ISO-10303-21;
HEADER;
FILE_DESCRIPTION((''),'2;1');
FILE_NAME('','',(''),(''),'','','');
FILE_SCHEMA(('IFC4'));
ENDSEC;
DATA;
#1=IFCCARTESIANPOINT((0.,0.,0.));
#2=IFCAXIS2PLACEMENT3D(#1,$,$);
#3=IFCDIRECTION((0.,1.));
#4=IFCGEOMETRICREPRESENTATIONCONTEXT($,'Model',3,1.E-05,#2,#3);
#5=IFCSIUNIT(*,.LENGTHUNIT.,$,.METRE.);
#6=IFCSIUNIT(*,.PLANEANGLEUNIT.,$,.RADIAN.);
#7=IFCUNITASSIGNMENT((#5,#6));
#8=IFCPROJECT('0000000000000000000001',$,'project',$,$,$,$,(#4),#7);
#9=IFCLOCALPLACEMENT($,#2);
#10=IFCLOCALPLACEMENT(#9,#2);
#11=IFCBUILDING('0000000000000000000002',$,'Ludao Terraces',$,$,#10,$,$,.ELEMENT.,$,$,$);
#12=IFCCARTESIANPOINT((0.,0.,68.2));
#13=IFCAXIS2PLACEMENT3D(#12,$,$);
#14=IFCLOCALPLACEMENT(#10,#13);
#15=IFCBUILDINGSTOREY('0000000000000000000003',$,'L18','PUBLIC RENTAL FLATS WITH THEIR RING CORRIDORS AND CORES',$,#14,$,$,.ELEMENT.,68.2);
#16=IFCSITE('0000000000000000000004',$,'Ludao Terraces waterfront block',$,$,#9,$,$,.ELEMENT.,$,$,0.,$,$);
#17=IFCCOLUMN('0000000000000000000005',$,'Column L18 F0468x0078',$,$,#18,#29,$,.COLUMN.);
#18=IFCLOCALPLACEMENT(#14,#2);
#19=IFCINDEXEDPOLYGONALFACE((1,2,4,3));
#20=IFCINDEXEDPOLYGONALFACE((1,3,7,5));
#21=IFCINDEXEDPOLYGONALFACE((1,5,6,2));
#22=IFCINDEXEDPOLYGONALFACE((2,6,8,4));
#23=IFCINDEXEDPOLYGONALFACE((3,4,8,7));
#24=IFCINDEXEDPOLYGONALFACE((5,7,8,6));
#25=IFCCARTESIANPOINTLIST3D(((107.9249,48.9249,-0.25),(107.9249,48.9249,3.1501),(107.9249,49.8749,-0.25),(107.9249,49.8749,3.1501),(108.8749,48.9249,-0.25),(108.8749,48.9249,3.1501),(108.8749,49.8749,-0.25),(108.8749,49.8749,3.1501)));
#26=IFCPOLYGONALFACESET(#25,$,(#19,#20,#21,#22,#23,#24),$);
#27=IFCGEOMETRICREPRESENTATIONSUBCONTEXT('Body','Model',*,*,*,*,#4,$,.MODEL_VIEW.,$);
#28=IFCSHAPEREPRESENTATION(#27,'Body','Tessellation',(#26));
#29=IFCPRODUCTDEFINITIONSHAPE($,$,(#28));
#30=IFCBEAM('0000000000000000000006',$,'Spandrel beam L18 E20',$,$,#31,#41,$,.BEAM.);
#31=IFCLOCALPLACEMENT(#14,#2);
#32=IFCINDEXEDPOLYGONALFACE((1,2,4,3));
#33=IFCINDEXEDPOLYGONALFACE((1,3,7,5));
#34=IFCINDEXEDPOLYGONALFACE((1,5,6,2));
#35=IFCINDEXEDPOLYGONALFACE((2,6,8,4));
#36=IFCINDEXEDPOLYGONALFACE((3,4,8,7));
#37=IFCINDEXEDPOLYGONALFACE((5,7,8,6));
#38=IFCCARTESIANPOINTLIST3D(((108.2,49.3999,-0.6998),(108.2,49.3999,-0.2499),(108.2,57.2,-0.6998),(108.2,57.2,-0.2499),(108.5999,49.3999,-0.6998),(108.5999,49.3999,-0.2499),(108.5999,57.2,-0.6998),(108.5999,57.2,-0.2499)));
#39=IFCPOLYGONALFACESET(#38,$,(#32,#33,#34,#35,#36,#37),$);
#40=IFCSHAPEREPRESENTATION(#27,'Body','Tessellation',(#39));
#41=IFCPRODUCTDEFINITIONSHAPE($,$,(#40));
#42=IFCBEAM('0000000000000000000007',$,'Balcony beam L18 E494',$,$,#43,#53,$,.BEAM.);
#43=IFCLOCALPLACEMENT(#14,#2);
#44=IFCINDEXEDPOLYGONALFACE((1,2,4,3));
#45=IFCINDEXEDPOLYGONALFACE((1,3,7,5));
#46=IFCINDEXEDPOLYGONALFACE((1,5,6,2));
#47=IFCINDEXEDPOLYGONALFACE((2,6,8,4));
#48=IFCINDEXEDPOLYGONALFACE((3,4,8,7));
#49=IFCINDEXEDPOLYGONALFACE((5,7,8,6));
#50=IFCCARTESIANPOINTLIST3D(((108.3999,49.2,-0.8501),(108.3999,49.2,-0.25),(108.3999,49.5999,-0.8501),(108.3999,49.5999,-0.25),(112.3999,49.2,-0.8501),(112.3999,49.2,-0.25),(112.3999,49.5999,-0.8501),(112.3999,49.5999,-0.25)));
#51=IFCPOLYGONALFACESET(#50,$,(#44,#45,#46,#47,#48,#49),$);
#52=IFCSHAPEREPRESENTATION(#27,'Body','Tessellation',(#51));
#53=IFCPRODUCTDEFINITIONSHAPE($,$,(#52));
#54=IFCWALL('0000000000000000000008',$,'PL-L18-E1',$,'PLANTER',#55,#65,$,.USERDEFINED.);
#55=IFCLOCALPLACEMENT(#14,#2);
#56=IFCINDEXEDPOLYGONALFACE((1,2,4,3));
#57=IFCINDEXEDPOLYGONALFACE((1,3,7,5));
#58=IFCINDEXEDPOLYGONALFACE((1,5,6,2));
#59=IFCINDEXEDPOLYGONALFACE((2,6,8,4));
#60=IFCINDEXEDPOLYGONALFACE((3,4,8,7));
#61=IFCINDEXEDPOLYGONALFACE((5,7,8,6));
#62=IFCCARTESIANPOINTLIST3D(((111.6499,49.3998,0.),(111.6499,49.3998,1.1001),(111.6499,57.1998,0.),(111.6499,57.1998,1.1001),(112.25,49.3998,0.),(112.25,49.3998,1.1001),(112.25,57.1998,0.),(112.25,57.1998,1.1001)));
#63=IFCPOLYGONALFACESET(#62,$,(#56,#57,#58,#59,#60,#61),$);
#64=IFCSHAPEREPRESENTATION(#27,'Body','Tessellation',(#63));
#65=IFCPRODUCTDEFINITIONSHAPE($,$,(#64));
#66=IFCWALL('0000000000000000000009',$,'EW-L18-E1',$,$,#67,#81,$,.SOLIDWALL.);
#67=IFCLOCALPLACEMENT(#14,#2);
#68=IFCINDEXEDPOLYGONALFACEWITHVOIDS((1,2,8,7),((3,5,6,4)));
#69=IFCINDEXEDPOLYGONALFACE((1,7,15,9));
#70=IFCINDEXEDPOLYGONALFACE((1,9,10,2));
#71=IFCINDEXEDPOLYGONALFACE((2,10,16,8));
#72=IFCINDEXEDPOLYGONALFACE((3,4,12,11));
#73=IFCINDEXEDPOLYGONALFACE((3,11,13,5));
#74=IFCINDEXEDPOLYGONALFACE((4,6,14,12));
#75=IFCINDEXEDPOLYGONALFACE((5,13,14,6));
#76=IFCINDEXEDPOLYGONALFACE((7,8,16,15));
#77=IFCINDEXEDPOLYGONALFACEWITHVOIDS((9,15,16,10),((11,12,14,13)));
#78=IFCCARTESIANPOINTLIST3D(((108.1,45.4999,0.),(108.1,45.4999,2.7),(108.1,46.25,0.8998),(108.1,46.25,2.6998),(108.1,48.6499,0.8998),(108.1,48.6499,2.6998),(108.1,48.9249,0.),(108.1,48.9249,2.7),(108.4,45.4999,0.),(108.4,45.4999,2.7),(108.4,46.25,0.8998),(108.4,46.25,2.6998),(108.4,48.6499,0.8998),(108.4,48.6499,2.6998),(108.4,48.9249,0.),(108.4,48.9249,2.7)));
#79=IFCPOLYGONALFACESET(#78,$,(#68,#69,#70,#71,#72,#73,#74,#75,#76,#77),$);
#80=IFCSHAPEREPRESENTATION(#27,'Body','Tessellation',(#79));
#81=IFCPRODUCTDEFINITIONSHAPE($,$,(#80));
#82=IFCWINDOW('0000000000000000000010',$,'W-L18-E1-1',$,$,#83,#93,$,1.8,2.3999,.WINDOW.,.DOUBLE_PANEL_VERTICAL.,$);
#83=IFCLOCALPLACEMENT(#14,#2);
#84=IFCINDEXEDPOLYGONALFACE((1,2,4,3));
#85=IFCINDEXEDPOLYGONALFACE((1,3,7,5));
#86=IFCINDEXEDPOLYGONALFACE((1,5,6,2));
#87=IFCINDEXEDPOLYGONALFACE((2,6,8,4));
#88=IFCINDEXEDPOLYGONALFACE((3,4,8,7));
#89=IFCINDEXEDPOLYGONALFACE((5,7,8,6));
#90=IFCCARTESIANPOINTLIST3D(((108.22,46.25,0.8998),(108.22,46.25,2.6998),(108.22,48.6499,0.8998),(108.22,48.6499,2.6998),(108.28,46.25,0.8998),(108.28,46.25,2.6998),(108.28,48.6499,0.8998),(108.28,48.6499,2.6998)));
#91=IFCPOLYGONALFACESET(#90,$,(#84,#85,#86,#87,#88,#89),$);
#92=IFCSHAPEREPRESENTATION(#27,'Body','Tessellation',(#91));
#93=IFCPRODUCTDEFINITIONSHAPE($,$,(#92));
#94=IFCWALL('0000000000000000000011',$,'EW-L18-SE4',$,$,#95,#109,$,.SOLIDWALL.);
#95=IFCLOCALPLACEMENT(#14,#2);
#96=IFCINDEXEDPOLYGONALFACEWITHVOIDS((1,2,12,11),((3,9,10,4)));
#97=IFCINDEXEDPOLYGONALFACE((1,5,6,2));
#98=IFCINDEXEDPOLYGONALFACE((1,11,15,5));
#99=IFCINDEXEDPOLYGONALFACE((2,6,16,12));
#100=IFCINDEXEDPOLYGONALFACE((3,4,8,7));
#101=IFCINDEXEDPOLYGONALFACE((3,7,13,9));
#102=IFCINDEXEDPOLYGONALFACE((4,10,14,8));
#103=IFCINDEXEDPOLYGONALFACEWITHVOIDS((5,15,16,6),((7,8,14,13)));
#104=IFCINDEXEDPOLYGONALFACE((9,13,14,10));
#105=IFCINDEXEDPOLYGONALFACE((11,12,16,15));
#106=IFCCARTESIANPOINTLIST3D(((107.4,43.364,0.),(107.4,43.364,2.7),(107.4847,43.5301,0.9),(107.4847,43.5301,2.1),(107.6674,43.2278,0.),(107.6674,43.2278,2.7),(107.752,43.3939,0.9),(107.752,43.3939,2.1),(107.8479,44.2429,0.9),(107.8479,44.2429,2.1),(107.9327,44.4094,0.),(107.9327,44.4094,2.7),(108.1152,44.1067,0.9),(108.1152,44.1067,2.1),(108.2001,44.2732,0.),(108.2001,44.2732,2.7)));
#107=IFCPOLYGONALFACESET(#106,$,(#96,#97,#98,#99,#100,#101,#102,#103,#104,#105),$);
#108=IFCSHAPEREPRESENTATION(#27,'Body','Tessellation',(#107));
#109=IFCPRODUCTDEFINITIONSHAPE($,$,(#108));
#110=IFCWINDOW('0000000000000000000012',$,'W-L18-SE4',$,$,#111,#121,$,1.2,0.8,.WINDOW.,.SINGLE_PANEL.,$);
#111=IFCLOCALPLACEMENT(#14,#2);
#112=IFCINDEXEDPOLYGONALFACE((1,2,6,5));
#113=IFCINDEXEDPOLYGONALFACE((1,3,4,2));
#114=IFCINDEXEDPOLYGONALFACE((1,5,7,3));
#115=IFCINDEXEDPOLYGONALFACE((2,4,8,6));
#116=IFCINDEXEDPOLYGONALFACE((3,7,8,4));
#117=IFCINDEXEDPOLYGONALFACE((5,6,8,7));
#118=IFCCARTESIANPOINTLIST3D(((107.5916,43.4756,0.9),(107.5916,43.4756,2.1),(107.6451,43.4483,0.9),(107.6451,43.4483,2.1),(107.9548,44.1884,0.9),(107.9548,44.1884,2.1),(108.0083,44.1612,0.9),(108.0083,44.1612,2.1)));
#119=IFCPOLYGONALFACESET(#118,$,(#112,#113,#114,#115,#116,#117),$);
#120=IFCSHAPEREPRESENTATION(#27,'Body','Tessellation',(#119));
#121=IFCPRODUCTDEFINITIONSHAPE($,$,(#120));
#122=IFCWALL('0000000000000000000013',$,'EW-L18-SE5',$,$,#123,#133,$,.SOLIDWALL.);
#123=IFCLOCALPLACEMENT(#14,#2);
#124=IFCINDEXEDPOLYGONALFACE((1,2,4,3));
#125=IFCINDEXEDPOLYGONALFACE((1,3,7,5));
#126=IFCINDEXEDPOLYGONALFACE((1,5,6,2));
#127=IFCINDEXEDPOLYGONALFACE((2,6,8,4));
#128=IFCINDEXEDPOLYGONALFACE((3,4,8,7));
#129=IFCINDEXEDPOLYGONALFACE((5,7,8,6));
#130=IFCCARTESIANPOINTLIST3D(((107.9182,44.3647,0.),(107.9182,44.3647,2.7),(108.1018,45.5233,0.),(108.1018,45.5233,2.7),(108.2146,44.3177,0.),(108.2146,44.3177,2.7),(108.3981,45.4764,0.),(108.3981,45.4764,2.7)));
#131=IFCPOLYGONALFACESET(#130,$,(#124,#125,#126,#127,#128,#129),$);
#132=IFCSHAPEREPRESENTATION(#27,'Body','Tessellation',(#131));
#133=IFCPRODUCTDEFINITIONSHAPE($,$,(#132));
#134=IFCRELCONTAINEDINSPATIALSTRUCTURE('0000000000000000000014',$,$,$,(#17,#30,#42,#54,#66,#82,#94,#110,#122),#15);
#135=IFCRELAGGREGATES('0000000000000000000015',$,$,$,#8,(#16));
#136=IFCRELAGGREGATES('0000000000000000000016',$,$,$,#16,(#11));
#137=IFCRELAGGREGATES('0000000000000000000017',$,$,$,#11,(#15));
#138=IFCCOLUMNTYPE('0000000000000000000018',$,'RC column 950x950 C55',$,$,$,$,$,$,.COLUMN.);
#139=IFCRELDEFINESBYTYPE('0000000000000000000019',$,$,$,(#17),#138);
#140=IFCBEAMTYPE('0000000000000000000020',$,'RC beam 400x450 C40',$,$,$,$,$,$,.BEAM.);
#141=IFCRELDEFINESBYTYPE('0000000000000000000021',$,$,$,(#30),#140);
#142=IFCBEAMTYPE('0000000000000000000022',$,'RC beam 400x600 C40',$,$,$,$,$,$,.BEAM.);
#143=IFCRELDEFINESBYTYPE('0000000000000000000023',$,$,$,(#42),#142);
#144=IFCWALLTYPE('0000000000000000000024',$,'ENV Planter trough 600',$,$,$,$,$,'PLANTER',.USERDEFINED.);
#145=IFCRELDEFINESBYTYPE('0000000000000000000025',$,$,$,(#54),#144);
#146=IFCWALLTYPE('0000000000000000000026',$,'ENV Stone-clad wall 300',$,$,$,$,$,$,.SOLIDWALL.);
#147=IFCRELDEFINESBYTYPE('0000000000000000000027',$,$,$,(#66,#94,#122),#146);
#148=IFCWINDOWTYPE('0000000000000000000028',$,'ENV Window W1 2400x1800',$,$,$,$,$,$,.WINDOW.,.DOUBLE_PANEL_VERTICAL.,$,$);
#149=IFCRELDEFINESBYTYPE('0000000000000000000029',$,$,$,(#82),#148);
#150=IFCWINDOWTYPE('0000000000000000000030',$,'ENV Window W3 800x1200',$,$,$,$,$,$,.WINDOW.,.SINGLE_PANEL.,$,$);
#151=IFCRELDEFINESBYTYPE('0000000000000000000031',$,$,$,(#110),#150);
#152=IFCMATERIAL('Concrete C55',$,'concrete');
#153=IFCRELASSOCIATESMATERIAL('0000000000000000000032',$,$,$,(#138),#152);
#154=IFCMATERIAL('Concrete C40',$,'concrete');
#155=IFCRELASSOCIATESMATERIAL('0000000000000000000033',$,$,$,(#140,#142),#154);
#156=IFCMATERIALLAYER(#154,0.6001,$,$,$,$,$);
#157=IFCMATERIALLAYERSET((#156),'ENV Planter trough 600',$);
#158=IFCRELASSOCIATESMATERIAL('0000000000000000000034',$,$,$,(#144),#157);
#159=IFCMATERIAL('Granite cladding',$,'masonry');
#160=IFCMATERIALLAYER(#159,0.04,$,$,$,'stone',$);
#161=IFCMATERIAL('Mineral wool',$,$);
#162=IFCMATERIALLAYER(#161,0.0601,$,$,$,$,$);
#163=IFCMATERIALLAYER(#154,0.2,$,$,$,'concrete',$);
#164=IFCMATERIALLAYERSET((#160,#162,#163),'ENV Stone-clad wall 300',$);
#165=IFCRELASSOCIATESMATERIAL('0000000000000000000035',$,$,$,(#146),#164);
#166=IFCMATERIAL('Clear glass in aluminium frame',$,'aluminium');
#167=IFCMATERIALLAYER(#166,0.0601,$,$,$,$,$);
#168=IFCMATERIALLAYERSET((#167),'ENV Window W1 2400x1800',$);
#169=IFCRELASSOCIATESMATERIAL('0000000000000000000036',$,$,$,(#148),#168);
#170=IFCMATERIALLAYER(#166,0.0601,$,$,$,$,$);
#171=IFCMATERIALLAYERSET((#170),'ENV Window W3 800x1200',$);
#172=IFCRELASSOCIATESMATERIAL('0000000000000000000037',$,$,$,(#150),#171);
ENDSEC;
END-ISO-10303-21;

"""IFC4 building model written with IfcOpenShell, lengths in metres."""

from ifc_helpers import new_model, si_unit, direction, frame, frame_2d, origin, origin_2d, place, context, subcontext, project, spatial, rectangle, extrude, material, layer, layer_set, material_profile, profile_set, type_object, element, fill, save


model = new_model("IFC4")

# Units and contexts
model_context = context("Model", 3, precision=1e-05, world=origin(), true_north=direction((0.0, 1.0)))
body_context = subcontext(model_context, "Body", "Model", "MODEL_VIEW")
ifc_project = project(units=[si_unit("LENGTHUNIT", "METRE"), si_unit("PLANEANGLEUNIT", "RADIAN")], contexts=[model_context])

# Site, building, storey
site_placement = place(None, origin())
site = spatial("IfcSite", under=ifc_project, at=site_placement, Name="Ludao Terraces waterfront block", CompositionType="ELEMENT", RefElevation=0.0)
building_placement = place(site_placement, origin())
building = spatial("IfcBuilding", under=site, at=building_placement, Name="Ludao Terraces", CompositionType="ELEMENT")
storey_placement = place(building_placement, frame((0.0, 0.0, 68.2)))
storey = spatial("IfcBuildingStorey", under=building, at=storey_placement, Name="L18", Description="PUBLIC RENTAL FLATS WITH THEIR RING CORRIDORS AND CORES", CompositionType="ELEMENT", Elevation=68.2)

# Column
ifc_material_1 = material(Name="Concrete C55", Category="concrete")
ifc_material_profile_1 = material_profile(ifc_material_1, rectangle(XDim=0.95, YDim=0.95, at=origin_2d()), Name="950 X 950")
ifc_profile_set_1 = profile_set([ifc_material_profile_1], Name="Concrete C55")
column_type = type_object("IfcColumnType", Name="RC column 950x950 C55", PredefinedType="COLUMN", material=ifc_profile_set_1)
column_placement = place(storey_placement, frame((108.3999, 49.3999, -0.25), z_axis=(0.0, 0.0, 1.0), x_axis=(1.0, 0.0, 0.0)))
element("IfcColumn", 1, at=column_placement, inside=storey, type_object=column_type, Name="Column L18 F0468x0078", PredefinedType="COLUMN", context=body_context, shape_type="SweptSolid", body=[
    extrude(rectangle(XDim=0.95, YDim=0.95, at=origin_2d()), origin(), (0.0, 0.0, 1.0), 3.4001),
])

# Beams
ifc_material_2 = material(Name="Concrete C40", Category="concrete")
ifc_material_profile_2 = material_profile(ifc_material_2, rectangle(XDim=0.3999, YDim=0.45, at=origin_2d()), Name="400 X 450")
ifc_profile_set_2 = profile_set([ifc_material_profile_2], Name="Concrete C40")
beam_type_1 = type_object("IfcBeamType", Name="RC beam 400x450 C40", PredefinedType="BEAM", material=ifc_profile_set_2)
beam_1_placement = place(storey_placement, frame((108.3999, 49.3999, -0.4749), z_axis=(0.0, 1.0, 0.0), x_axis=(-1.0, 0.0, 0.0)))
element("IfcBeam", 2, at=beam_1_placement, inside=storey, type_object=beam_type_1, Name="Spandrel beam L18 E20", PredefinedType="BEAM", context=body_context, shape_type="SweptSolid", body=[
    extrude(rectangle(XDim=0.3999, YDim=0.45, at=origin_2d()), origin(), (0.0, 0.0, 1.0), 7.8),
])
ifc_material_profile_3 = material_profile(ifc_material_2, rectangle(XDim=0.3999, YDim=0.6001, at=origin_2d()), Name="400 X 600")
ifc_profile_set_3 = profile_set([ifc_material_profile_3], Name="Concrete C40")
beam_type_2 = type_object("IfcBeamType", Name="RC beam 400x600 C40", PredefinedType="BEAM", material=ifc_profile_set_3)
beam_2_placement = place(storey_placement, frame((108.3999, 49.3999, -0.55), z_axis=(1.0, 0.0, 0.0), x_axis=(0.0, 1.0, 0.0)))
element("IfcBeam", 3, at=beam_2_placement, inside=storey, type_object=beam_type_2, Name="Balcony beam L18 E494", PredefinedType="BEAM", context=body_context, shape_type="SweptSolid", body=[
    extrude(rectangle(XDim=0.3999, YDim=0.6001, at=origin_2d()), origin(), (0.0, 0.0, 1.0), 4.0),
])

# Wall
ifc_layer_1 = layer(ifc_material_2, 0.6001)
ifc_layer_set_1 = layer_set([ifc_layer_1], Name="ENV Planter trough 600")
wall_type_1 = type_object("IfcWallType", Name="ENV Planter trough 600", ElementType="PLANTER", PredefinedType="USERDEFINED", material=ifc_layer_set_1)
wall_1_placement = place(storey_placement, frame((111.95, 49.3999, 0.0), z_axis=(0.0, 0.0, 1.0), x_axis=(0.0, 1.0, 0.0)))
element("IfcWall", 4, at=wall_1_placement, inside=storey, type_object=wall_type_1, Name="PL-L18-E1", ObjectType="PLANTER", PredefinedType="USERDEFINED", context=body_context, shape_type="SweptSolid", body=[
    extrude(rectangle(XDim=7.8, YDim=0.6001, at=frame_2d((3.8999, 0.0))), origin(), (0.0, 0.0, 1.0), 1.1001),
])

# Walls, openings, windows
ifc_material_3 = material(Name="Granite cladding", Category="masonry")
ifc_layer_2 = layer(ifc_material_3, 0.04, Category="stone")
ifc_material_4 = material(Name="Mineral wool")
ifc_layer_3 = layer(ifc_material_4, 0.0601)
ifc_layer_4 = layer(ifc_material_2, 0.2, Category="concrete")
ifc_layer_set_2 = layer_set([ifc_layer_2, ifc_layer_3, ifc_layer_4], Name="ENV Stone-clad wall 300")
wall_type_2 = type_object("IfcWallType", Name="ENV Stone-clad wall 300", PredefinedType="SOLIDWALL", material=ifc_layer_set_2)
wall_2_placement = place(storey_placement, frame((108.25, 45.5, 0.0), z_axis=(0.0, 0.0, 1.0), x_axis=(0.0, 1.0, 0.0)))
wall_2 = element("IfcWall", 5, at=wall_2_placement, inside=storey, type_object=wall_type_2, Name="EW-L18-E1", PredefinedType="SOLIDWALL", context=body_context, shape_type="SweptSolid", body=[
    extrude(rectangle(XDim=3.425, YDim=0.3, at=frame_2d((1.7124, 0.0))), origin(), (0.0, 0.0, 1.0), 2.7),
])
opening_1_placement = place(wall_2_placement, frame((0.75, 0.0, 0.8999)))
opening_1 = element("IfcOpeningElement", 6, at=opening_1_placement, cuts=wall_2, PredefinedType="OPENING", context=body_context, shape_type="SweptSolid", body=[
    extrude(rectangle(XDim=2.3999, YDim=1.8, at=frame_2d((1.2, 0.8999))), frame((0.0, 0.1602, 0.0), z_axis=(0.0, -1.0, 0.0), x_axis=(1.0, 0.0, 0.0)), (0.0, 0.0, 1.0), 0.3201),
])
ifc_material_5 = material(Name="Clear glass in aluminium frame", Category="aluminium")
ifc_layer_5 = layer(ifc_material_5, 0.0601)
ifc_layer_set_3 = layer_set([ifc_layer_5], Name="ENV Window W1 2400x1800")
window_type_1 = type_object("IfcWindowType", Name="ENV Window W1 2400x1800", PartitioningType="DOUBLE_PANEL_VERTICAL", PredefinedType="WINDOW", material=ifc_layer_set_3)
window_1_placement = place(opening_1_placement, origin())
window_1 = element("IfcWindow", 7, at=window_1_placement, inside=storey, type_object=window_type_1, Name="W-L18-E1-1", OverallHeight=1.8, OverallWidth=2.3999, PartitioningType="DOUBLE_PANEL_VERTICAL", PredefinedType="WINDOW", context=body_context, shape_type="SweptSolid", body=[
    extrude(rectangle(XDim=2.3999, YDim=1.8, at=frame_2d((1.2, 0.8999))), frame((0.0, 0.03, 0.0), z_axis=(0.0, -1.0, 0.0), x_axis=(1.0, 0.0, 0.0)), (0.0, 0.0, 1.0), 0.0601),
])
fill(opening_1, window_1)
wall_3_placement = place(storey_placement, frame((107.5337, 43.2959, 0.0), z_axis=(0.0, 0.0, 1.0), x_axis=(0.454026, 0.890989, 0.0)))
wall_3 = element("IfcWall", 8, at=wall_3_placement, inside=storey, type_object=wall_type_2, Name="EW-L18-SE4", PredefinedType="SOLIDWALL", context=body_context, shape_type="SweptSolid", body=[
    extrude(rectangle(XDim=1.1733, YDim=0.3, at=frame_2d((0.5867, 0.0))), origin(), (0.0, 0.0, 1.0), 2.7),
])
opening_2_placement = place(wall_3_placement, frame((0.1865, 0.0, 0.8999)))
opening_2 = element("IfcOpeningElement", 9, at=opening_2_placement, cuts=wall_3, PredefinedType="OPENING", context=body_context, shape_type="SweptSolid", body=[
    extrude(rectangle(XDim=0.8, YDim=1.2, at=frame_2d((0.3999, 0.6001))), frame((0.0, 0.1602, 0.0), z_axis=(0.0, -1.0, 0.0), x_axis=(1.0, 0.0, 0.0)), (0.0, 0.0, 1.0), 0.3201),
])
ifc_layer_6 = layer(ifc_material_5, 0.0601)
ifc_layer_set_4 = layer_set([ifc_layer_6], Name="ENV Window W3 800x1200")
window_type_2 = type_object("IfcWindowType", Name="ENV Window W3 800x1200", PartitioningType="SINGLE_PANEL", PredefinedType="WINDOW", material=ifc_layer_set_4)
window_2_placement = place(opening_2_placement, origin())
window_2 = element("IfcWindow", 10, at=window_2_placement, inside=storey, type_object=window_type_2, Name="W-L18-SE4", OverallHeight=1.2, OverallWidth=0.8, PartitioningType="SINGLE_PANEL", PredefinedType="WINDOW", context=body_context, shape_type="SweptSolid", body=[
    extrude(rectangle(XDim=0.8, YDim=1.2, at=frame_2d((0.3999, 0.6001))), frame((0.0, 0.03, 0.0), z_axis=(0.0, -1.0, 0.0), x_axis=(1.0, 0.0, 0.0)), (0.0, 0.0, 1.0), 0.0601),
])
fill(opening_2, window_2)

# Wall
wall_4_placement = place(storey_placement, frame((108.0664, 44.3413, 0.0), z_axis=(0.0, 0.0, 1.0), x_axis=(0.156497, 0.987678, 0.0)))
element("IfcWall", 11, at=wall_4_placement, inside=storey, type_object=wall_type_2, Name="EW-L18-SE5", PredefinedType="SOLIDWALL", context=body_context, shape_type="SweptSolid", body=[
    extrude(rectangle(XDim=1.1731, YDim=0.3, at=frame_2d((0.5864, 0.0))), origin(), (0.0, 0.0, 1.0), 2.7),
])

save(model, "model.ifc")
